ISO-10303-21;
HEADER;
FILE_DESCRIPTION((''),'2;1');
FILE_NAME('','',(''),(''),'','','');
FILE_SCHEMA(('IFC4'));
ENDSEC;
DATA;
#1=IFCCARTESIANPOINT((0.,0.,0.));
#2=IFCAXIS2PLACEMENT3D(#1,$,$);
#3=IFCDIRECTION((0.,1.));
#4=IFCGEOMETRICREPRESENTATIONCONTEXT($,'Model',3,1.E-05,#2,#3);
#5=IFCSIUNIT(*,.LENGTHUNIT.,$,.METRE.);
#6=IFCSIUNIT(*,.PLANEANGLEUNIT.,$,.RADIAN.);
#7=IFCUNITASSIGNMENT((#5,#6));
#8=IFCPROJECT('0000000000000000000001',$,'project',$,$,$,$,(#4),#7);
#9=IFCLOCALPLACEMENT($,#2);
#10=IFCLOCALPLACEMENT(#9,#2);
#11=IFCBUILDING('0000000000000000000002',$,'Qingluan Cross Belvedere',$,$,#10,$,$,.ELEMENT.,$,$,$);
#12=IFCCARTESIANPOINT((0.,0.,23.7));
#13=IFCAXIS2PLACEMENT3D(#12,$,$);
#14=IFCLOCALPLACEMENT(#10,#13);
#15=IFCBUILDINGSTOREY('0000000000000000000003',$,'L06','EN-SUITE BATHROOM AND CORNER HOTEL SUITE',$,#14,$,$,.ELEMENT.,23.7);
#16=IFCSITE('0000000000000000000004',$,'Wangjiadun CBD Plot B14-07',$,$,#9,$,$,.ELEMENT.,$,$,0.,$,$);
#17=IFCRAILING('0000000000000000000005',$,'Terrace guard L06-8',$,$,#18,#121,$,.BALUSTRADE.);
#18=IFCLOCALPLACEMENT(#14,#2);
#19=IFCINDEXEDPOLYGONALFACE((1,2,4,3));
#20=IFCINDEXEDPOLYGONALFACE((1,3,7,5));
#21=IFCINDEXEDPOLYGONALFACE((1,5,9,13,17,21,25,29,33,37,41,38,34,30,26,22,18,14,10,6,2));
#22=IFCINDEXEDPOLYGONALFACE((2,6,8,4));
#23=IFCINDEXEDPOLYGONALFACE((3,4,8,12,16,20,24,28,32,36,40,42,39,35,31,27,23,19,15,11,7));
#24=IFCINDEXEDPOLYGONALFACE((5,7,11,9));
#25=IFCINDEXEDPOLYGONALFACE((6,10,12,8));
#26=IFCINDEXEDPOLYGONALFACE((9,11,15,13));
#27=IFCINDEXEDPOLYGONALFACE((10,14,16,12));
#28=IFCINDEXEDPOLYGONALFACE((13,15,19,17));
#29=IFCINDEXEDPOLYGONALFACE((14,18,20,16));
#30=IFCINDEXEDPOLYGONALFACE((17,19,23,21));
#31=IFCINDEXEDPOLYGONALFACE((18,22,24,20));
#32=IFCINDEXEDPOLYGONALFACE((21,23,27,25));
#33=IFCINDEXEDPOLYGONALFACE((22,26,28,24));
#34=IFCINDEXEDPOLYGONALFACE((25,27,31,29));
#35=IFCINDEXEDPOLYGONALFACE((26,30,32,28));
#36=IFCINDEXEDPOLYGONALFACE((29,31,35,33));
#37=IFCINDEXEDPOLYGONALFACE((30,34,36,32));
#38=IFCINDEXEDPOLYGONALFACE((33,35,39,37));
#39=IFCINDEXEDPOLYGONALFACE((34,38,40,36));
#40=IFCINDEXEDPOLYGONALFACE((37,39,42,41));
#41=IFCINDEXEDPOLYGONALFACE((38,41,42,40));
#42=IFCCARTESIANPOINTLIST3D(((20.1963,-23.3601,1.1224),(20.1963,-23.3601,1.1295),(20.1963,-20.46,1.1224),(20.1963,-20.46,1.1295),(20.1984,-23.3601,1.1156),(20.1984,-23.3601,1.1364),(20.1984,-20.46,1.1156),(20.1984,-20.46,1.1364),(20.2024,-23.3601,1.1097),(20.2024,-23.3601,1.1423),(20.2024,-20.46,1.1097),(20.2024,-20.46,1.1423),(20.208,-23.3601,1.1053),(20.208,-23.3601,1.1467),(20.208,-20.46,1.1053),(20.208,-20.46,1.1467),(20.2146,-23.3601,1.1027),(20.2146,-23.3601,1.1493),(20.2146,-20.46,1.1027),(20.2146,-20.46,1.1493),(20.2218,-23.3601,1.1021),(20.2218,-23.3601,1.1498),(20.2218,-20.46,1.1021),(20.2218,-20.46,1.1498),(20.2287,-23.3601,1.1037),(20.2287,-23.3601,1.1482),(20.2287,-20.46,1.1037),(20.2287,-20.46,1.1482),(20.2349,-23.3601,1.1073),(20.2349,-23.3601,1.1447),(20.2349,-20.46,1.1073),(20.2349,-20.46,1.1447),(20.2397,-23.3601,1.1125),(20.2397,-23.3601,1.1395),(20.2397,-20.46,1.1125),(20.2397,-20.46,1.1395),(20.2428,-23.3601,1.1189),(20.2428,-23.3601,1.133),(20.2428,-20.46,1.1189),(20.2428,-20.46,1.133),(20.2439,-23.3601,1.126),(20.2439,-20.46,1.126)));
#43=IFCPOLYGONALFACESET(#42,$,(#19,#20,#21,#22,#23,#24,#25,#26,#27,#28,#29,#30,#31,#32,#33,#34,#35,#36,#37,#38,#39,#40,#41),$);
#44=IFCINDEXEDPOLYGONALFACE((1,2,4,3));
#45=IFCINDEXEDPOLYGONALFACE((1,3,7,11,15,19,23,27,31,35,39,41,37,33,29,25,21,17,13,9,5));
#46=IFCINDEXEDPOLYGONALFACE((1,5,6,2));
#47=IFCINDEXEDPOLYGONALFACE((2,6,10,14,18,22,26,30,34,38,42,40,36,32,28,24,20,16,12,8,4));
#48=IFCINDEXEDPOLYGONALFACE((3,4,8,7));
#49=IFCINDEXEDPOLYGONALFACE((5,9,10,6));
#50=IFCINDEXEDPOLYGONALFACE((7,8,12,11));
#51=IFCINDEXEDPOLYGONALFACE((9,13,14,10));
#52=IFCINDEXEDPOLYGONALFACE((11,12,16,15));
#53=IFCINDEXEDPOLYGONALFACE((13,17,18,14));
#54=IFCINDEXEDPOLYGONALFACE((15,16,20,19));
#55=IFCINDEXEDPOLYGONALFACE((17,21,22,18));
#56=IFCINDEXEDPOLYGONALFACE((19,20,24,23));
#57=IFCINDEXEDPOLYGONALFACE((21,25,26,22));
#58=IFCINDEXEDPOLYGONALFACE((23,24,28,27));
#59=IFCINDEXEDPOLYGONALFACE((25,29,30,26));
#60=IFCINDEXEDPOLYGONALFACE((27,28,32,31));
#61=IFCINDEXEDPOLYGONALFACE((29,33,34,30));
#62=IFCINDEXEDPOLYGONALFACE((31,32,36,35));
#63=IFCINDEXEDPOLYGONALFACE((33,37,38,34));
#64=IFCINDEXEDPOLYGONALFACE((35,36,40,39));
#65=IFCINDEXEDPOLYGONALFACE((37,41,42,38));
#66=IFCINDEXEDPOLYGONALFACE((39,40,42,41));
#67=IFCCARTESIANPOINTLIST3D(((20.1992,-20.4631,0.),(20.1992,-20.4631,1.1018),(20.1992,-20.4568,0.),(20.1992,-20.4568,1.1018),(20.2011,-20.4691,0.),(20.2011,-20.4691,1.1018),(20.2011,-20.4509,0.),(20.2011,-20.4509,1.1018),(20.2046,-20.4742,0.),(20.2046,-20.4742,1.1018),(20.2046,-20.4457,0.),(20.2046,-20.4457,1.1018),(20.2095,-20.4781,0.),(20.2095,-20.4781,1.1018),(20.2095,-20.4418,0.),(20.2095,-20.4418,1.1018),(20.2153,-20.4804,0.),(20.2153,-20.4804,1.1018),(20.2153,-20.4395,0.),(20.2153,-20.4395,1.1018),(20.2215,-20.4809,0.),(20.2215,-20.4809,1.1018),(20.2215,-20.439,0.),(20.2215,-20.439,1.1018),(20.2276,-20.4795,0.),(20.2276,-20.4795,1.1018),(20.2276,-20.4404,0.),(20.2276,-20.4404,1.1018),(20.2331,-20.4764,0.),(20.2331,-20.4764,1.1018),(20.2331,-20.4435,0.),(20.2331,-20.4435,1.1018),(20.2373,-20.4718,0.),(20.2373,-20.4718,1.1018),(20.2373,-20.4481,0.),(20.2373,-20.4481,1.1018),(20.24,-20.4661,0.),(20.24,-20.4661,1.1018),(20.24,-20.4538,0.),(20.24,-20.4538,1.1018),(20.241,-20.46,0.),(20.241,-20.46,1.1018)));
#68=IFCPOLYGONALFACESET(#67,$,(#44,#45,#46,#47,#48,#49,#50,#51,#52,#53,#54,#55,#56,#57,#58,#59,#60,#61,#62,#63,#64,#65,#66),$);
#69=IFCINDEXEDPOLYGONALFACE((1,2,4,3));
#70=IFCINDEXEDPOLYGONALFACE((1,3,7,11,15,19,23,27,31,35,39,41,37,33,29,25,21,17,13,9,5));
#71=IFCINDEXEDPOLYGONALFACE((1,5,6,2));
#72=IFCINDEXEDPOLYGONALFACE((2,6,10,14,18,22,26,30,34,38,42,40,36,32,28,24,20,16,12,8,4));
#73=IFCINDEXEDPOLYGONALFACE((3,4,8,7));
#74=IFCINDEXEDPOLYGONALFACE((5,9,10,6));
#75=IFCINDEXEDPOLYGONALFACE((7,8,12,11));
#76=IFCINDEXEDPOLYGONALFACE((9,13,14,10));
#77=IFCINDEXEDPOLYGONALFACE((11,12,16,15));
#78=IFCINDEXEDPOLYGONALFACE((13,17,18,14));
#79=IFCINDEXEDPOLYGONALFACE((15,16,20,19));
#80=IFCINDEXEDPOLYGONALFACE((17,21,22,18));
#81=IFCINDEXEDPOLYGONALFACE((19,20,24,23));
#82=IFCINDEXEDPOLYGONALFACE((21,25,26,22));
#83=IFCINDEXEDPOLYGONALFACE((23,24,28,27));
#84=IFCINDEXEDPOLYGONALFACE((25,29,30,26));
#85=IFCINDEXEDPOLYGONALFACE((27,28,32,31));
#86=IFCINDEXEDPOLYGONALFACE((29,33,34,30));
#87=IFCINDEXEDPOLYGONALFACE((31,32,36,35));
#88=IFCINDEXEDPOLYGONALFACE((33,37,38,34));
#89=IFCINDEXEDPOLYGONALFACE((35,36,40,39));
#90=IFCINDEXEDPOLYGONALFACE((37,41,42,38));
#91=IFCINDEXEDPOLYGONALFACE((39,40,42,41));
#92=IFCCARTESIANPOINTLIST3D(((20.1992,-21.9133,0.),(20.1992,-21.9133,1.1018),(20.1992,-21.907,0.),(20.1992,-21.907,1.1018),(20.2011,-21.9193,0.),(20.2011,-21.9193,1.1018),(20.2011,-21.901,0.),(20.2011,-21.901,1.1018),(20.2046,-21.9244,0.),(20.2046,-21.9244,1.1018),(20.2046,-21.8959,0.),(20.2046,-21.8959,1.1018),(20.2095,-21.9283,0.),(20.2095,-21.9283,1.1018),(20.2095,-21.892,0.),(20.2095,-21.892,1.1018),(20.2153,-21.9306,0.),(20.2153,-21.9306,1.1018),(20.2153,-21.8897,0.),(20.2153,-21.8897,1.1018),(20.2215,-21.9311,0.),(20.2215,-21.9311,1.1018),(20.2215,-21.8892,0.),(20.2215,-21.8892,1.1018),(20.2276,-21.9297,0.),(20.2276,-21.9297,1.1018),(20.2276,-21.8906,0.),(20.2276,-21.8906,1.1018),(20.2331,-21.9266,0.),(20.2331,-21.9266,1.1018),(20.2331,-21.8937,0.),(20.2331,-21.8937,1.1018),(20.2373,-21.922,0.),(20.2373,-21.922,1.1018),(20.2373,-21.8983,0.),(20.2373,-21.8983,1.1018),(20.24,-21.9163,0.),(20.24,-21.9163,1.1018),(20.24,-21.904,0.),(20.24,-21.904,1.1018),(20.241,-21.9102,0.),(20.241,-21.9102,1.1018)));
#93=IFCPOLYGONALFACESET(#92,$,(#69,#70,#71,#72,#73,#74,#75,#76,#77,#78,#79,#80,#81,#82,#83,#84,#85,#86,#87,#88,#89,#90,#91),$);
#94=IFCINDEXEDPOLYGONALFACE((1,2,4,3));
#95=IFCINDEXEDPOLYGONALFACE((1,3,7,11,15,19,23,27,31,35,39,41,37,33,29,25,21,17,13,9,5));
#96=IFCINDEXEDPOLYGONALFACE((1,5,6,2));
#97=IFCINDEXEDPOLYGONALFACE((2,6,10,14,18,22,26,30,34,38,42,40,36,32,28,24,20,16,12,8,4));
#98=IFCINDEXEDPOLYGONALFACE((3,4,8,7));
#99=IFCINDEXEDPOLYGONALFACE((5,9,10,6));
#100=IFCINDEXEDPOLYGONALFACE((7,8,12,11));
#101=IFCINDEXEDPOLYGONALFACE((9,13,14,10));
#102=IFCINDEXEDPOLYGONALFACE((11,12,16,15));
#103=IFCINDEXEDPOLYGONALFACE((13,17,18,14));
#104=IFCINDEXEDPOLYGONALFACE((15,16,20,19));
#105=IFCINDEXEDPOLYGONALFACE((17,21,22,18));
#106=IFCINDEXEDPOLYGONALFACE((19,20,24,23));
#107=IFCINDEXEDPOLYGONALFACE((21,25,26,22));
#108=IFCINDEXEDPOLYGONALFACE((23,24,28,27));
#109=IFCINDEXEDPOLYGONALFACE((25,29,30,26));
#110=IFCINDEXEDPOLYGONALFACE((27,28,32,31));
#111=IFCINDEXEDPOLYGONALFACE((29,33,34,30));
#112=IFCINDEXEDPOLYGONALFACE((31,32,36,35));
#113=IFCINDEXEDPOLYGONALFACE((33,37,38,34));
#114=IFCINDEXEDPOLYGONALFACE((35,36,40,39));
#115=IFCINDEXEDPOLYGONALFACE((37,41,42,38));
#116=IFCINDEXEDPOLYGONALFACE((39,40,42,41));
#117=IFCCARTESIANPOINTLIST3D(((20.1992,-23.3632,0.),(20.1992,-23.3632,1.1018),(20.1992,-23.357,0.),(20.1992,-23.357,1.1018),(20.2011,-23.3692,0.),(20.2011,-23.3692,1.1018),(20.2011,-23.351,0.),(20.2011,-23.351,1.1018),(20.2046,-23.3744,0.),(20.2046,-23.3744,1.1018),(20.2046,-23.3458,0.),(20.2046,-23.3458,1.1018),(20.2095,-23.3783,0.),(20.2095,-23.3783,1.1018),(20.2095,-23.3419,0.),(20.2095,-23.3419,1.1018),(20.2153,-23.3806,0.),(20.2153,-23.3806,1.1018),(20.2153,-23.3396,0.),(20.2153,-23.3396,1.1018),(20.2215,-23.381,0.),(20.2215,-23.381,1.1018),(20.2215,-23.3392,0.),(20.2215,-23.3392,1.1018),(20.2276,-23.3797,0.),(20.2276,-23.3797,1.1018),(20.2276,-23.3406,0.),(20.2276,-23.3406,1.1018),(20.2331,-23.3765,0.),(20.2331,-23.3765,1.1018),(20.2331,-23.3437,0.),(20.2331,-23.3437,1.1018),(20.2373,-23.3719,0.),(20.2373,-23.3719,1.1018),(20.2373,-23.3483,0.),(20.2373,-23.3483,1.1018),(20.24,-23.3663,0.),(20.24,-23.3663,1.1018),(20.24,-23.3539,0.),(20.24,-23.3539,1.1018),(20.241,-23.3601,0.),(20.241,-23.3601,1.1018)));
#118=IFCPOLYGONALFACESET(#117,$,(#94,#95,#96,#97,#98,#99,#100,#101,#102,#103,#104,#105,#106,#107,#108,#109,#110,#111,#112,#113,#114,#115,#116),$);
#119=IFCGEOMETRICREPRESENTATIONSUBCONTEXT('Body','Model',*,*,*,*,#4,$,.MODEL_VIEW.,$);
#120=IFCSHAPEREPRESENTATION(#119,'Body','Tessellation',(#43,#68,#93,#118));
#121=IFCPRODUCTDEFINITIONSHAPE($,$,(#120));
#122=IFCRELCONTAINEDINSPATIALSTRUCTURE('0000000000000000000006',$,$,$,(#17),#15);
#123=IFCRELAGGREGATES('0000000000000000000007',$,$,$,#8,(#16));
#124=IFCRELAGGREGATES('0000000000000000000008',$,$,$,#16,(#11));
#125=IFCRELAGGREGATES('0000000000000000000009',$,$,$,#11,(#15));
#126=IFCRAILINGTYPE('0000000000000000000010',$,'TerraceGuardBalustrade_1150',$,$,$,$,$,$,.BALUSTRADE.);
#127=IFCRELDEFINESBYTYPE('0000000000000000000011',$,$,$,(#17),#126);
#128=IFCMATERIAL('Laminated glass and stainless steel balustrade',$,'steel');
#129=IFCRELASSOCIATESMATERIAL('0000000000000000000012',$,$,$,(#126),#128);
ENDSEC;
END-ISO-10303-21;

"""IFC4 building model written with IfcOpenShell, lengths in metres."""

from ifc_helpers import new_model, si_unit, direction, frame, origin, origin_2d, place, context, subcontext, project, spatial, circle, extrude, material, type_object, element, save


model = new_model("IFC4")

# Units and contexts
model_context = context("Model", 3, precision=1e-05, world=origin(), true_north=direction((0.0, 1.0)))
body_context = subcontext(model_context, "Body", "Model", "MODEL_VIEW")
ifc_project = project(units=[si_unit("LENGTHUNIT", "METRE"), si_unit("PLANEANGLEUNIT", "RADIAN")], contexts=[model_context])

# Site, building, storey
site_placement = place(None, origin())
site = spatial("IfcSite", under=ifc_project, at=site_placement, Name="Wangjiadun CBD Plot B14-07", CompositionType="ELEMENT", RefElevation=0.0)
building_placement = place(site_placement, origin())
building = spatial("IfcBuilding", under=site, at=building_placement, Name="Qingluan Cross Belvedere", CompositionType="ELEMENT")
storey_placement = place(building_placement, frame((0.0, 0.0, 23.7)))
storey = spatial("IfcBuildingStorey", under=building, at=storey_placement, Name="L06", Description="EN-SUITE BATHROOM AND CORNER HOTEL SUITE", CompositionType="ELEMENT", Elevation=23.7)

# Railing
ifc_material_1 = material(Name="Laminated glass and stainless steel balustrade", Category="steel")
railing_type = type_object("IfcRailingType", Name="TerraceGuardBalustrade_1150", PredefinedType="BALUSTRADE", material=ifc_material_1)
railing_1_placement = place(storey_placement, frame((20.22, -20.46, 0.0)))
element("IfcRailing", 1, at=railing_1_placement, inside=storey, type_object=railing_type, Name="Terrace guard L06-8", PredefinedType="BALUSTRADE", context=body_context, shape_type="SweptSolid", body=[
    extrude(circle(Radius=0.0239, at=origin_2d()), frame((0.0, 0.0, 1.126), z_axis=(0.0, -1.0, 0.0), x_axis=(1.0, 0.0, 0.0)), (0.0, 0.0, 1.0), 2.9001),
    extrude(circle(Radius=0.021, at=origin_2d()), origin(), (0.0, 0.0, 1.0), 1.1018),
    extrude(circle(Radius=0.021, at=origin_2d()), frame((0.0, -1.4502, 0.0)), (0.0, 0.0, 1.0), 1.1018),
    extrude(circle(Radius=0.021, at=origin_2d()), frame((0.0, -2.9001, 0.0)), (0.0, 0.0, 1.0), 1.1018),
])

save(model, "model.ifc")
